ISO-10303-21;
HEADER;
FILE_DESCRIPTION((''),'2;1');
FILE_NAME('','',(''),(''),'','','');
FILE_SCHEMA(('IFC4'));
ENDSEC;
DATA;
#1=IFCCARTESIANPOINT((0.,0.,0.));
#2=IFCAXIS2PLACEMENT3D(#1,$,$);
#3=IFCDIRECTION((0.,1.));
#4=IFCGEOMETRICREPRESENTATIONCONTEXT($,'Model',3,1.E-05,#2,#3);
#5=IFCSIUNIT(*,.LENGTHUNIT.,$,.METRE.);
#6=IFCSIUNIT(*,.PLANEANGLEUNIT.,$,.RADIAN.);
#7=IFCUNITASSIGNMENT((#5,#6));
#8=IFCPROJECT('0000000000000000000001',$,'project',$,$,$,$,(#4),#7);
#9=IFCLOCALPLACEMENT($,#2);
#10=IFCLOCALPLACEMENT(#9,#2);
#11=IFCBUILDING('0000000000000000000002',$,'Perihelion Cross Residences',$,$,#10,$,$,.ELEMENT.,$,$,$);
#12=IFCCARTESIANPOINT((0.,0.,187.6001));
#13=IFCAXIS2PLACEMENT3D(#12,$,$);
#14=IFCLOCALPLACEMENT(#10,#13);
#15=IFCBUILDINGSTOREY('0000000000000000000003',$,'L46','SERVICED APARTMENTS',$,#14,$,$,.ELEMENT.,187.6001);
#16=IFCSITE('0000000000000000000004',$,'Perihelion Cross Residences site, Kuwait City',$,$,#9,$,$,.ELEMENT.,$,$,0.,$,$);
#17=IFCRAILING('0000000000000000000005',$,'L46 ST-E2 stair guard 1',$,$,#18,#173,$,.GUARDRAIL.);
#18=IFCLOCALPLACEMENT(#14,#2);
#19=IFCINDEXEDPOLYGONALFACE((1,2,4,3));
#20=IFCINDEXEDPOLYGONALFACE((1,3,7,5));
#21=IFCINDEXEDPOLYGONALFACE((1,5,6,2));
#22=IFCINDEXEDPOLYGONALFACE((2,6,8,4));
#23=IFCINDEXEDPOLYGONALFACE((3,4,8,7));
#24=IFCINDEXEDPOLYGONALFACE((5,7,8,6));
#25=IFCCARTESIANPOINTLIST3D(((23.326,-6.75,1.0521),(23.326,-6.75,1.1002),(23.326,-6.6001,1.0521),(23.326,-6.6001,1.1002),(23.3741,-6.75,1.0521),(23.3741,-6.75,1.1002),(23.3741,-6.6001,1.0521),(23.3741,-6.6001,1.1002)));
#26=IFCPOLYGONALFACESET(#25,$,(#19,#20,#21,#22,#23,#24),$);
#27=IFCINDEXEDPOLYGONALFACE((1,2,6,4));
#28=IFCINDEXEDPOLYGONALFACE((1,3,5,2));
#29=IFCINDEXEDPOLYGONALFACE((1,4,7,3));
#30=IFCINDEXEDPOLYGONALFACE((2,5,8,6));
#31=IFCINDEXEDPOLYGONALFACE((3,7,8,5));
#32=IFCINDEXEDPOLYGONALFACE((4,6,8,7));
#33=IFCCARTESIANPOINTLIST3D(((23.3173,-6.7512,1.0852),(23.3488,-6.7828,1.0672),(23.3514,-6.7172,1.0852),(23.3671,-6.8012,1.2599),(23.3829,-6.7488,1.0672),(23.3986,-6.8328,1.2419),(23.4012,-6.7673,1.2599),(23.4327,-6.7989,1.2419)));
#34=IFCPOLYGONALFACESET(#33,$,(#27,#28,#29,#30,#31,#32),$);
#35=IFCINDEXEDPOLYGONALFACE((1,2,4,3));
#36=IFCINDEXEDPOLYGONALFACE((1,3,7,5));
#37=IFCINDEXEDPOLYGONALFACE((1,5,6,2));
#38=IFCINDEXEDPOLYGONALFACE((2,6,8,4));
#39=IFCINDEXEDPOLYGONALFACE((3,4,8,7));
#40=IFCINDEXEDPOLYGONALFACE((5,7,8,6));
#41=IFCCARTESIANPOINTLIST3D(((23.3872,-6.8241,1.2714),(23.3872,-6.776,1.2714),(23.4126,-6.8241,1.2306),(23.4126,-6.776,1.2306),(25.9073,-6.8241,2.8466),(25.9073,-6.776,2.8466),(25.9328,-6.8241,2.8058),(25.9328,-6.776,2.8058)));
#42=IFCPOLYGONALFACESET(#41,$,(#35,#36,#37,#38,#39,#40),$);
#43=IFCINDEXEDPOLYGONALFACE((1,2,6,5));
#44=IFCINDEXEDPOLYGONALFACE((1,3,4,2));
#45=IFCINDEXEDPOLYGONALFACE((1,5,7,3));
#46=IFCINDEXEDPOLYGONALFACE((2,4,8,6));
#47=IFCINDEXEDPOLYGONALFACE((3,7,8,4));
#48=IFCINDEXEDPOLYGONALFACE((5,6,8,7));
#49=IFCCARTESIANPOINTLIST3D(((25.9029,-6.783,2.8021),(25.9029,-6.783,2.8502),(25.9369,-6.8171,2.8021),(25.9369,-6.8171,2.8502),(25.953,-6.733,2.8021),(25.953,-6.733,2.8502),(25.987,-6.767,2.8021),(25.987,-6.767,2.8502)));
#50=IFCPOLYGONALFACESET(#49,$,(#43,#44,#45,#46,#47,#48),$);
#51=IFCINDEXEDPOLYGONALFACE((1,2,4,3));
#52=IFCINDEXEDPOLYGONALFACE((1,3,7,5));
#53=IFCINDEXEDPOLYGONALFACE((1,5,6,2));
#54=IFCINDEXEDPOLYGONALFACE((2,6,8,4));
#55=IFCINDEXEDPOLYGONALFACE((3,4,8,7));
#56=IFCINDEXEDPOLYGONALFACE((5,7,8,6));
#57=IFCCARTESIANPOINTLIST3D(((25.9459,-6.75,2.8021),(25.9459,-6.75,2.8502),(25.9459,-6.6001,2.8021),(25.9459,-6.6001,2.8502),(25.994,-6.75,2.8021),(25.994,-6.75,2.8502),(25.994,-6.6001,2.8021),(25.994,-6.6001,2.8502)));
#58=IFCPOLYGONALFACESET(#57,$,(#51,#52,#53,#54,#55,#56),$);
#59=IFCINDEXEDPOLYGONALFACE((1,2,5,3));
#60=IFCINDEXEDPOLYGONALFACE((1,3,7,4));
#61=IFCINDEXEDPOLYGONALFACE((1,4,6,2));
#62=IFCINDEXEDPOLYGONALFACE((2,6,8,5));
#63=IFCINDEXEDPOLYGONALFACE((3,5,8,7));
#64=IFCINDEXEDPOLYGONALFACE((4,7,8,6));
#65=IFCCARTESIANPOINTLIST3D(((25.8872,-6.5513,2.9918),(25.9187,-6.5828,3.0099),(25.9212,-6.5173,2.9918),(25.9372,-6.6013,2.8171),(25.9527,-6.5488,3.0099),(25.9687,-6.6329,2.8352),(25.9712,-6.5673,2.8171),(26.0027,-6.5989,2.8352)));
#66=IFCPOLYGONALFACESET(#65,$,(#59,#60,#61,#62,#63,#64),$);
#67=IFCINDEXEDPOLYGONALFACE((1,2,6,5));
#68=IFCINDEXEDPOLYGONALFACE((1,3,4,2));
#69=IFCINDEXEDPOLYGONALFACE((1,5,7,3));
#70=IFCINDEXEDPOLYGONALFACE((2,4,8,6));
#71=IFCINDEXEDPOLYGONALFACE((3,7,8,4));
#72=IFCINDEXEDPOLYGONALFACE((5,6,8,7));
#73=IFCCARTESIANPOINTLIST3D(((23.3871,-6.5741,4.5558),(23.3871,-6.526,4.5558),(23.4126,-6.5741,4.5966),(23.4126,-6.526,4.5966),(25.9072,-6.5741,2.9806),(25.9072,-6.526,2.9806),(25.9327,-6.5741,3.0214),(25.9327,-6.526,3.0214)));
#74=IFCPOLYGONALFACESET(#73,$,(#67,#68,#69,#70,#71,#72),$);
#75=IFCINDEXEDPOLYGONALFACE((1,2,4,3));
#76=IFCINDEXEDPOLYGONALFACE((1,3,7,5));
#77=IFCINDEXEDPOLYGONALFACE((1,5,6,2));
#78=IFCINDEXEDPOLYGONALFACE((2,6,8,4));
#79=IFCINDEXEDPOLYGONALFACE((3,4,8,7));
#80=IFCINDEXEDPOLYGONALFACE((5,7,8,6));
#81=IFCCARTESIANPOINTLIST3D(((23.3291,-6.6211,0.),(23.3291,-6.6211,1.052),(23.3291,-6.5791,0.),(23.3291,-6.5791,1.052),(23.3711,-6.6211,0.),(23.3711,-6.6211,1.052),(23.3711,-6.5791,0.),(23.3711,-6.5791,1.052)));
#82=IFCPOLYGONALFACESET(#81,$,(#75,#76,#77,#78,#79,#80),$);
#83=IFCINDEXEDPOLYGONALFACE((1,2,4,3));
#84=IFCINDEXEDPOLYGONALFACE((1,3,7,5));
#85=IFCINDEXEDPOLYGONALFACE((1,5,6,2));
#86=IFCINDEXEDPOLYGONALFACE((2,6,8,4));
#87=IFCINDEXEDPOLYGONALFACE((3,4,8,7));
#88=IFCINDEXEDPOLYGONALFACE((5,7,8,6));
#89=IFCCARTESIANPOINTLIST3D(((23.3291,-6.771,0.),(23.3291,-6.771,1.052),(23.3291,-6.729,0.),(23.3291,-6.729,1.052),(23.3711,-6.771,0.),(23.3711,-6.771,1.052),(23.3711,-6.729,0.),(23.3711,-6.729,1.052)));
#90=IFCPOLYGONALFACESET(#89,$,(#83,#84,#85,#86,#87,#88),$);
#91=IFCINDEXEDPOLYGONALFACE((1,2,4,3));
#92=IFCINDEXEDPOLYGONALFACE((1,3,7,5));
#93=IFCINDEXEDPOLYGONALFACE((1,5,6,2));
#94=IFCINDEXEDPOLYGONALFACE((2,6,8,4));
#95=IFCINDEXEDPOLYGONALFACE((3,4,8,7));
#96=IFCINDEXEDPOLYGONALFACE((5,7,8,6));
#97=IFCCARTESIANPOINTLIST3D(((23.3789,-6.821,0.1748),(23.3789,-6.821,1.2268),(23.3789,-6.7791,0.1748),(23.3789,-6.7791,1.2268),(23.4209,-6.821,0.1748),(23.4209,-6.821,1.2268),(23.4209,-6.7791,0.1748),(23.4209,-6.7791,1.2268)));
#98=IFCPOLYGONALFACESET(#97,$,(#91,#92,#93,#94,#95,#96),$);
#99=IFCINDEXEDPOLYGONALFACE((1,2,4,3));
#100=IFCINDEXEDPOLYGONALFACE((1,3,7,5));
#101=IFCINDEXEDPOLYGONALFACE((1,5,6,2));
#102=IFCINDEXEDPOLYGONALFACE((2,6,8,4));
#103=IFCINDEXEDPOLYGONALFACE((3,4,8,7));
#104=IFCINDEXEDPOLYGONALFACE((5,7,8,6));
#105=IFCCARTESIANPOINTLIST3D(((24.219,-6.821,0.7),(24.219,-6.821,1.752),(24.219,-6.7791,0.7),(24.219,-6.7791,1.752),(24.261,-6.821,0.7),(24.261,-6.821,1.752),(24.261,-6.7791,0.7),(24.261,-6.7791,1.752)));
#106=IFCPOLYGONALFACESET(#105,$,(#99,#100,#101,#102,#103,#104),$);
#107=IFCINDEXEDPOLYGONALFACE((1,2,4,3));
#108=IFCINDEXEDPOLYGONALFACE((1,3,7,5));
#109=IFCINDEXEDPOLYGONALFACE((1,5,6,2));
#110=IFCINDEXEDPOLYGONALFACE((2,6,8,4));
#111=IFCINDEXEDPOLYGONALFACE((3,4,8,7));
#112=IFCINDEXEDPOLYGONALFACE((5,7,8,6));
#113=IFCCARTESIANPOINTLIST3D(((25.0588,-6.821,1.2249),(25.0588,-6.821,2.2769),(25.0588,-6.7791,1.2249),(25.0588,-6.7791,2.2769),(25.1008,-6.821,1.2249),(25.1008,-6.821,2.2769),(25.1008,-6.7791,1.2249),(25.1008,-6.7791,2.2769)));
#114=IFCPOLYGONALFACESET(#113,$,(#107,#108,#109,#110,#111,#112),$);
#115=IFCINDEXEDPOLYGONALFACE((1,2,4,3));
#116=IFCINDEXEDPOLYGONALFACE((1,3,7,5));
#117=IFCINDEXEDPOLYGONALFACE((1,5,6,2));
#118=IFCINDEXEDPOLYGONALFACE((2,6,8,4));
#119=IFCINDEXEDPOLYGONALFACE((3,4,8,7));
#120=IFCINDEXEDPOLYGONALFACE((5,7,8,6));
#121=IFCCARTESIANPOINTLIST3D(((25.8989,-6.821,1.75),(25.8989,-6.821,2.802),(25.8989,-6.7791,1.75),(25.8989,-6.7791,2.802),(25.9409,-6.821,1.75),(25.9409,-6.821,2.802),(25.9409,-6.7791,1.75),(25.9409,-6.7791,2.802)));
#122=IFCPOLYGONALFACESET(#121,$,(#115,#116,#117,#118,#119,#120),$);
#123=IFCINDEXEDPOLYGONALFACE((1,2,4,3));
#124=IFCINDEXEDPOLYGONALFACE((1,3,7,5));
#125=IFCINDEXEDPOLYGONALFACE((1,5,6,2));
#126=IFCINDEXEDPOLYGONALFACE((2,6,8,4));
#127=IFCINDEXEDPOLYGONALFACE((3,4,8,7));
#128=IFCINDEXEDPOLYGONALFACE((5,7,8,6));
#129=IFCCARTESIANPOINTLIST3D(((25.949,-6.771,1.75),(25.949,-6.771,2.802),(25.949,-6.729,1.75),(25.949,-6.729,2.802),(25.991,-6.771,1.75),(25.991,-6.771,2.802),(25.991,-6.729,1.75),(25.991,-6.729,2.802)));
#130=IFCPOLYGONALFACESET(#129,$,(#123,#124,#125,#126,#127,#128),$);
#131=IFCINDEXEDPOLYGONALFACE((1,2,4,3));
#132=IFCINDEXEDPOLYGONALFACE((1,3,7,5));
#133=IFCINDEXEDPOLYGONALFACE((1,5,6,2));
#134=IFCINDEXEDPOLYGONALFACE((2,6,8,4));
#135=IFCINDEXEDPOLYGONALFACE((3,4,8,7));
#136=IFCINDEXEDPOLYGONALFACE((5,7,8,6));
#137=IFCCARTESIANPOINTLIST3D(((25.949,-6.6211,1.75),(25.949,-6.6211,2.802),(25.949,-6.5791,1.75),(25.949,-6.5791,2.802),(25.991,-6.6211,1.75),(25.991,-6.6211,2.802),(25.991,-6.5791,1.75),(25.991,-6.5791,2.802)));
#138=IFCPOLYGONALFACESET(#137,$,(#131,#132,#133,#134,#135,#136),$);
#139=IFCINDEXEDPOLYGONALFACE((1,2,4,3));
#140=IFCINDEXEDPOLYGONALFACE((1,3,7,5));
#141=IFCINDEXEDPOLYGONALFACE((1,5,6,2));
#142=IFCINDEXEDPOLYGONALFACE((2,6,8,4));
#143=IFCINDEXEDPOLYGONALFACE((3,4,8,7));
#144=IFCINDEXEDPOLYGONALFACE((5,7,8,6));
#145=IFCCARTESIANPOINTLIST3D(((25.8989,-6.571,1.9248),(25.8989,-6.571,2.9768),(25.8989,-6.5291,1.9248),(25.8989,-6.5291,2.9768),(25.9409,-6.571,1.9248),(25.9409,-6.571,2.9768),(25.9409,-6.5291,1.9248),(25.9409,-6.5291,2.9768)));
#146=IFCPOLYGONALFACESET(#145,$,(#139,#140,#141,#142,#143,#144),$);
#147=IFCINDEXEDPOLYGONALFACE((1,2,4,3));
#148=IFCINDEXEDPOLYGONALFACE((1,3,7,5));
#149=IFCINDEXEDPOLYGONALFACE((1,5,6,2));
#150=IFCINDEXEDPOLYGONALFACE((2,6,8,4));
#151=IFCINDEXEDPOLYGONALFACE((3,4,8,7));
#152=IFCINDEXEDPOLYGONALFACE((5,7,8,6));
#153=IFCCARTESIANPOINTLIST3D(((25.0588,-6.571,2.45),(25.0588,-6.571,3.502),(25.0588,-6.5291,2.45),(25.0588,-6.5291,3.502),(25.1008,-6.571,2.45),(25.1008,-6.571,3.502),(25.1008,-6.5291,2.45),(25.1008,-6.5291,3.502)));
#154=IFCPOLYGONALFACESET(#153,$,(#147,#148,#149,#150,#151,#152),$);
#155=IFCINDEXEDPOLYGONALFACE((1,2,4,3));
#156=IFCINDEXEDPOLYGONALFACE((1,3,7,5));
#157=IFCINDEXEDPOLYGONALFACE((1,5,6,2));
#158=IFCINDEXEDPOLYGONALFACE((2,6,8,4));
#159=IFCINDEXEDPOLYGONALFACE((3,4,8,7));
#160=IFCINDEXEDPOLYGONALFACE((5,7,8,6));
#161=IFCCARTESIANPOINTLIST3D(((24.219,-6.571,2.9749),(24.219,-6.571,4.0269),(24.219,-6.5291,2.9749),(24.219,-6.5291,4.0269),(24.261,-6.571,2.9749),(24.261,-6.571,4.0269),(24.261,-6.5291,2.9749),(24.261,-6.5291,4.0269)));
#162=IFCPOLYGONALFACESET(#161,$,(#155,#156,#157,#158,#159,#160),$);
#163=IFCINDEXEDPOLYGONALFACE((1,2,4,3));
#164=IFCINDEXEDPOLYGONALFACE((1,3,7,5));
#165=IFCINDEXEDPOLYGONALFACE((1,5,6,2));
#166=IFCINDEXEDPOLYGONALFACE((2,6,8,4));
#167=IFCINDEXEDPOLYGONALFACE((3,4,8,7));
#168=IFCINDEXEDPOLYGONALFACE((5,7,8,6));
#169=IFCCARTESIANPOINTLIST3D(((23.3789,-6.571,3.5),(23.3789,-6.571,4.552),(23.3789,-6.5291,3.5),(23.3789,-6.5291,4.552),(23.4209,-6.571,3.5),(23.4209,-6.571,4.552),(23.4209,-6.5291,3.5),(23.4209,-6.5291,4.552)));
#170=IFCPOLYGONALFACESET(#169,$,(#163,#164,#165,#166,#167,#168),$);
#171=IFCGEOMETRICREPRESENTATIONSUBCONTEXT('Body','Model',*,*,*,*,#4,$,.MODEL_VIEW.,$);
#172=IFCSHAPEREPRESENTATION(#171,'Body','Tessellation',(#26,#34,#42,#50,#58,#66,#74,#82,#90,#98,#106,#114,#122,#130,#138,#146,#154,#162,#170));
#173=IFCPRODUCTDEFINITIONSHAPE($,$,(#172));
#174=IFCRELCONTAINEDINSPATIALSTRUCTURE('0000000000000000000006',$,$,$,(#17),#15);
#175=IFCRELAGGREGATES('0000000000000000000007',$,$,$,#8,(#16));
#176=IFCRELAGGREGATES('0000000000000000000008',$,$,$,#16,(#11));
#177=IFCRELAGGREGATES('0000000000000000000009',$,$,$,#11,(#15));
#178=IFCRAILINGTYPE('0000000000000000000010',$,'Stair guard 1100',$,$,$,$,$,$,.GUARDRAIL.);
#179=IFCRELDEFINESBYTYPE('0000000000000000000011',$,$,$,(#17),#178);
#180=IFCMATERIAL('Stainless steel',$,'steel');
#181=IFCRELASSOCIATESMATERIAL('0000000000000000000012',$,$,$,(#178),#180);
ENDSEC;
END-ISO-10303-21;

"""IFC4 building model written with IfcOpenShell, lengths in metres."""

from ifc_helpers import new_model, si_unit, direction, frame, origin, origin_2d, place, context, subcontext, project, spatial, rectangle, extrude, material, type_object, element, save


model = new_model("IFC4")

# Units and contexts
model_context = context("Model", 3, precision=1e-05, world=origin(), true_north=direction((0.0, 1.0)))
body_context = subcontext(model_context, "Body", "Model", "MODEL_VIEW")
ifc_project = project(units=[si_unit("LENGTHUNIT", "METRE"), si_unit("PLANEANGLEUNIT", "RADIAN")], contexts=[model_context])

# Site, building, storey
site_placement = place(None, origin())
site = spatial("IfcSite", under=ifc_project, at=site_placement, Name="Perihelion Cross Residences site, Kuwait City", CompositionType="ELEMENT", RefElevation=0.0)
building_placement = place(site_placement, origin())
building = spatial("IfcBuilding", under=site, at=building_placement, Name="Perihelion Cross Residences", CompositionType="ELEMENT")
storey_placement = place(building_placement, frame((0.0, 0.0, 187.6001)))
storey = spatial("IfcBuildingStorey", under=building, at=storey_placement, Name="L46", Description="SERVICED APARTMENTS", CompositionType="ELEMENT", Elevation=187.6001)

# Railing
ifc_material_1 = material(Name="Stainless steel", Category="steel")
railing_type_1 = type_object("IfcRailingType", Name="Stair guard 1100", PredefinedType="GUARDRAIL", material=ifc_material_1)
railing_1_placement = place(storey_placement, frame((23.3501, -6.6001, 0.0)))
element("IfcRailing", 1, at=railing_1_placement, inside=storey, type_object=railing_type_1, Name="L46 ST-E2 stair guard 1", PredefinedType="GUARDRAIL", context=body_context, shape_type="SweptSolid", body=[
    extrude(rectangle(XDim=0.0481, YDim=0.0481, at=origin_2d()), frame((0.0, 0.0, 1.0762), z_axis=(0.0, -1.0, 0.0), x_axis=(1.0, 0.0, 0.0)), (0.0, 0.0, 1.0), 0.1499),
    extrude(rectangle(XDim=0.0481, YDim=0.0481, at=origin_2d()), frame((0.0, -0.1499, 1.0762), z_axis=(0.264179, -0.265474, 0.927218), x_axis=(0.708834, 0.705376, 0.0)), (0.0, 0.0, 1.0), 0.1885),
    extrude(rectangle(XDim=0.0481, YDim=0.0481, at=origin_2d()), frame((0.0498, -0.2, 1.251), z_axis=(0.847971, 0.0, 0.530043), x_axis=(0.0, 1.0, 0.0)), (0.0, 0.0, 1.0), 2.9719),
    extrude(rectangle(XDim=0.0481, YDim=0.0481, at=origin_2d()), frame((2.5698, -0.2, 2.8262), z_axis=(0.707107, 0.707107, 0.0), x_axis=(-0.707107, 0.707107, 0.0)), (0.0, 0.0, 1.0), 0.0708),
    extrude(rectangle(XDim=0.0481, YDim=0.0481, at=origin_2d()), frame((2.6199, -0.1499, 2.8262), z_axis=(0.0, 1.0, 0.0), x_axis=(-1.0, 0.0, 0.0)), (0.0, 0.0, 1.0), 0.1499),
    extrude(rectangle(XDim=0.0481, YDim=0.0481, at=origin_2d()), frame((2.6199, 0.0, 2.8262), z_axis=(-0.265383, 0.265383, 0.9269), x_axis=(-0.707107, -0.707107, 0.0)), (0.0, 0.0, 1.0), 0.1885),
    extrude(rectangle(XDim=0.0481, YDim=0.0481, at=origin_2d()), frame((2.5698, 0.05, 3.001), z_axis=(-0.847971, 0.0, 0.530043), x_axis=(0.0, -1.0, 0.0)), (0.0, 0.0, 1.0), 2.9719),
    extrude(rectangle(XDim=0.042, YDim=0.042, at=origin_2d()), origin(), (0.0, 0.0, 1.0), 1.052),
    extrude(rectangle(XDim=0.042, YDim=0.042, at=origin_2d()), frame((0.0, -0.1499, 0.0)), (0.0, 0.0, 1.0), 1.052),
    extrude(rectangle(XDim=0.042, YDim=0.042, at=origin_2d()), frame((0.0498, -0.2, 0.1748)), (0.0, 0.0, 1.0), 1.052),
    extrude(rectangle(XDim=0.042, YDim=0.042, at=origin_2d()), frame((0.8899, -0.2, 0.7)), (0.0, 0.0, 1.0), 1.052),
    extrude(rectangle(XDim=0.042, YDim=0.042, at=origin_2d()), frame((1.7297, -0.2, 1.2249)), (0.0, 0.0, 1.0), 1.052),
    extrude(rectangle(XDim=0.042, YDim=0.042, at=origin_2d()), frame((2.5698, -0.2, 1.75)), (0.0, 0.0, 1.0), 1.052),
    extrude(rectangle(XDim=0.042, YDim=0.042, at=origin_2d()), frame((2.6199, -0.1499, 1.75)), (0.0, 0.0, 1.0), 1.052),
    extrude(rectangle(XDim=0.042, YDim=0.042, at=origin_2d()), frame((2.6199, 0.0, 1.75)), (0.0, 0.0, 1.0), 1.052),
    extrude(rectangle(XDim=0.042, YDim=0.042, at=origin_2d()), frame((2.5698, 0.05, 1.9248)), (0.0, 0.0, 1.0), 1.052),
    extrude(rectangle(XDim=0.042, YDim=0.042, at=origin_2d()), frame((1.7297, 0.05, 2.45)), (0.0, 0.0, 1.0), 1.052),
    extrude(rectangle(XDim=0.042, YDim=0.042, at=origin_2d()), frame((0.8899, 0.05, 2.9749)), (0.0, 0.0, 1.0), 1.052),
    extrude(rectangle(XDim=0.042, YDim=0.042, at=origin_2d()), frame((0.0498, 0.05, 3.5)), (0.0, 0.0, 1.0), 1.052),
])

save(model, "model.ifc")
